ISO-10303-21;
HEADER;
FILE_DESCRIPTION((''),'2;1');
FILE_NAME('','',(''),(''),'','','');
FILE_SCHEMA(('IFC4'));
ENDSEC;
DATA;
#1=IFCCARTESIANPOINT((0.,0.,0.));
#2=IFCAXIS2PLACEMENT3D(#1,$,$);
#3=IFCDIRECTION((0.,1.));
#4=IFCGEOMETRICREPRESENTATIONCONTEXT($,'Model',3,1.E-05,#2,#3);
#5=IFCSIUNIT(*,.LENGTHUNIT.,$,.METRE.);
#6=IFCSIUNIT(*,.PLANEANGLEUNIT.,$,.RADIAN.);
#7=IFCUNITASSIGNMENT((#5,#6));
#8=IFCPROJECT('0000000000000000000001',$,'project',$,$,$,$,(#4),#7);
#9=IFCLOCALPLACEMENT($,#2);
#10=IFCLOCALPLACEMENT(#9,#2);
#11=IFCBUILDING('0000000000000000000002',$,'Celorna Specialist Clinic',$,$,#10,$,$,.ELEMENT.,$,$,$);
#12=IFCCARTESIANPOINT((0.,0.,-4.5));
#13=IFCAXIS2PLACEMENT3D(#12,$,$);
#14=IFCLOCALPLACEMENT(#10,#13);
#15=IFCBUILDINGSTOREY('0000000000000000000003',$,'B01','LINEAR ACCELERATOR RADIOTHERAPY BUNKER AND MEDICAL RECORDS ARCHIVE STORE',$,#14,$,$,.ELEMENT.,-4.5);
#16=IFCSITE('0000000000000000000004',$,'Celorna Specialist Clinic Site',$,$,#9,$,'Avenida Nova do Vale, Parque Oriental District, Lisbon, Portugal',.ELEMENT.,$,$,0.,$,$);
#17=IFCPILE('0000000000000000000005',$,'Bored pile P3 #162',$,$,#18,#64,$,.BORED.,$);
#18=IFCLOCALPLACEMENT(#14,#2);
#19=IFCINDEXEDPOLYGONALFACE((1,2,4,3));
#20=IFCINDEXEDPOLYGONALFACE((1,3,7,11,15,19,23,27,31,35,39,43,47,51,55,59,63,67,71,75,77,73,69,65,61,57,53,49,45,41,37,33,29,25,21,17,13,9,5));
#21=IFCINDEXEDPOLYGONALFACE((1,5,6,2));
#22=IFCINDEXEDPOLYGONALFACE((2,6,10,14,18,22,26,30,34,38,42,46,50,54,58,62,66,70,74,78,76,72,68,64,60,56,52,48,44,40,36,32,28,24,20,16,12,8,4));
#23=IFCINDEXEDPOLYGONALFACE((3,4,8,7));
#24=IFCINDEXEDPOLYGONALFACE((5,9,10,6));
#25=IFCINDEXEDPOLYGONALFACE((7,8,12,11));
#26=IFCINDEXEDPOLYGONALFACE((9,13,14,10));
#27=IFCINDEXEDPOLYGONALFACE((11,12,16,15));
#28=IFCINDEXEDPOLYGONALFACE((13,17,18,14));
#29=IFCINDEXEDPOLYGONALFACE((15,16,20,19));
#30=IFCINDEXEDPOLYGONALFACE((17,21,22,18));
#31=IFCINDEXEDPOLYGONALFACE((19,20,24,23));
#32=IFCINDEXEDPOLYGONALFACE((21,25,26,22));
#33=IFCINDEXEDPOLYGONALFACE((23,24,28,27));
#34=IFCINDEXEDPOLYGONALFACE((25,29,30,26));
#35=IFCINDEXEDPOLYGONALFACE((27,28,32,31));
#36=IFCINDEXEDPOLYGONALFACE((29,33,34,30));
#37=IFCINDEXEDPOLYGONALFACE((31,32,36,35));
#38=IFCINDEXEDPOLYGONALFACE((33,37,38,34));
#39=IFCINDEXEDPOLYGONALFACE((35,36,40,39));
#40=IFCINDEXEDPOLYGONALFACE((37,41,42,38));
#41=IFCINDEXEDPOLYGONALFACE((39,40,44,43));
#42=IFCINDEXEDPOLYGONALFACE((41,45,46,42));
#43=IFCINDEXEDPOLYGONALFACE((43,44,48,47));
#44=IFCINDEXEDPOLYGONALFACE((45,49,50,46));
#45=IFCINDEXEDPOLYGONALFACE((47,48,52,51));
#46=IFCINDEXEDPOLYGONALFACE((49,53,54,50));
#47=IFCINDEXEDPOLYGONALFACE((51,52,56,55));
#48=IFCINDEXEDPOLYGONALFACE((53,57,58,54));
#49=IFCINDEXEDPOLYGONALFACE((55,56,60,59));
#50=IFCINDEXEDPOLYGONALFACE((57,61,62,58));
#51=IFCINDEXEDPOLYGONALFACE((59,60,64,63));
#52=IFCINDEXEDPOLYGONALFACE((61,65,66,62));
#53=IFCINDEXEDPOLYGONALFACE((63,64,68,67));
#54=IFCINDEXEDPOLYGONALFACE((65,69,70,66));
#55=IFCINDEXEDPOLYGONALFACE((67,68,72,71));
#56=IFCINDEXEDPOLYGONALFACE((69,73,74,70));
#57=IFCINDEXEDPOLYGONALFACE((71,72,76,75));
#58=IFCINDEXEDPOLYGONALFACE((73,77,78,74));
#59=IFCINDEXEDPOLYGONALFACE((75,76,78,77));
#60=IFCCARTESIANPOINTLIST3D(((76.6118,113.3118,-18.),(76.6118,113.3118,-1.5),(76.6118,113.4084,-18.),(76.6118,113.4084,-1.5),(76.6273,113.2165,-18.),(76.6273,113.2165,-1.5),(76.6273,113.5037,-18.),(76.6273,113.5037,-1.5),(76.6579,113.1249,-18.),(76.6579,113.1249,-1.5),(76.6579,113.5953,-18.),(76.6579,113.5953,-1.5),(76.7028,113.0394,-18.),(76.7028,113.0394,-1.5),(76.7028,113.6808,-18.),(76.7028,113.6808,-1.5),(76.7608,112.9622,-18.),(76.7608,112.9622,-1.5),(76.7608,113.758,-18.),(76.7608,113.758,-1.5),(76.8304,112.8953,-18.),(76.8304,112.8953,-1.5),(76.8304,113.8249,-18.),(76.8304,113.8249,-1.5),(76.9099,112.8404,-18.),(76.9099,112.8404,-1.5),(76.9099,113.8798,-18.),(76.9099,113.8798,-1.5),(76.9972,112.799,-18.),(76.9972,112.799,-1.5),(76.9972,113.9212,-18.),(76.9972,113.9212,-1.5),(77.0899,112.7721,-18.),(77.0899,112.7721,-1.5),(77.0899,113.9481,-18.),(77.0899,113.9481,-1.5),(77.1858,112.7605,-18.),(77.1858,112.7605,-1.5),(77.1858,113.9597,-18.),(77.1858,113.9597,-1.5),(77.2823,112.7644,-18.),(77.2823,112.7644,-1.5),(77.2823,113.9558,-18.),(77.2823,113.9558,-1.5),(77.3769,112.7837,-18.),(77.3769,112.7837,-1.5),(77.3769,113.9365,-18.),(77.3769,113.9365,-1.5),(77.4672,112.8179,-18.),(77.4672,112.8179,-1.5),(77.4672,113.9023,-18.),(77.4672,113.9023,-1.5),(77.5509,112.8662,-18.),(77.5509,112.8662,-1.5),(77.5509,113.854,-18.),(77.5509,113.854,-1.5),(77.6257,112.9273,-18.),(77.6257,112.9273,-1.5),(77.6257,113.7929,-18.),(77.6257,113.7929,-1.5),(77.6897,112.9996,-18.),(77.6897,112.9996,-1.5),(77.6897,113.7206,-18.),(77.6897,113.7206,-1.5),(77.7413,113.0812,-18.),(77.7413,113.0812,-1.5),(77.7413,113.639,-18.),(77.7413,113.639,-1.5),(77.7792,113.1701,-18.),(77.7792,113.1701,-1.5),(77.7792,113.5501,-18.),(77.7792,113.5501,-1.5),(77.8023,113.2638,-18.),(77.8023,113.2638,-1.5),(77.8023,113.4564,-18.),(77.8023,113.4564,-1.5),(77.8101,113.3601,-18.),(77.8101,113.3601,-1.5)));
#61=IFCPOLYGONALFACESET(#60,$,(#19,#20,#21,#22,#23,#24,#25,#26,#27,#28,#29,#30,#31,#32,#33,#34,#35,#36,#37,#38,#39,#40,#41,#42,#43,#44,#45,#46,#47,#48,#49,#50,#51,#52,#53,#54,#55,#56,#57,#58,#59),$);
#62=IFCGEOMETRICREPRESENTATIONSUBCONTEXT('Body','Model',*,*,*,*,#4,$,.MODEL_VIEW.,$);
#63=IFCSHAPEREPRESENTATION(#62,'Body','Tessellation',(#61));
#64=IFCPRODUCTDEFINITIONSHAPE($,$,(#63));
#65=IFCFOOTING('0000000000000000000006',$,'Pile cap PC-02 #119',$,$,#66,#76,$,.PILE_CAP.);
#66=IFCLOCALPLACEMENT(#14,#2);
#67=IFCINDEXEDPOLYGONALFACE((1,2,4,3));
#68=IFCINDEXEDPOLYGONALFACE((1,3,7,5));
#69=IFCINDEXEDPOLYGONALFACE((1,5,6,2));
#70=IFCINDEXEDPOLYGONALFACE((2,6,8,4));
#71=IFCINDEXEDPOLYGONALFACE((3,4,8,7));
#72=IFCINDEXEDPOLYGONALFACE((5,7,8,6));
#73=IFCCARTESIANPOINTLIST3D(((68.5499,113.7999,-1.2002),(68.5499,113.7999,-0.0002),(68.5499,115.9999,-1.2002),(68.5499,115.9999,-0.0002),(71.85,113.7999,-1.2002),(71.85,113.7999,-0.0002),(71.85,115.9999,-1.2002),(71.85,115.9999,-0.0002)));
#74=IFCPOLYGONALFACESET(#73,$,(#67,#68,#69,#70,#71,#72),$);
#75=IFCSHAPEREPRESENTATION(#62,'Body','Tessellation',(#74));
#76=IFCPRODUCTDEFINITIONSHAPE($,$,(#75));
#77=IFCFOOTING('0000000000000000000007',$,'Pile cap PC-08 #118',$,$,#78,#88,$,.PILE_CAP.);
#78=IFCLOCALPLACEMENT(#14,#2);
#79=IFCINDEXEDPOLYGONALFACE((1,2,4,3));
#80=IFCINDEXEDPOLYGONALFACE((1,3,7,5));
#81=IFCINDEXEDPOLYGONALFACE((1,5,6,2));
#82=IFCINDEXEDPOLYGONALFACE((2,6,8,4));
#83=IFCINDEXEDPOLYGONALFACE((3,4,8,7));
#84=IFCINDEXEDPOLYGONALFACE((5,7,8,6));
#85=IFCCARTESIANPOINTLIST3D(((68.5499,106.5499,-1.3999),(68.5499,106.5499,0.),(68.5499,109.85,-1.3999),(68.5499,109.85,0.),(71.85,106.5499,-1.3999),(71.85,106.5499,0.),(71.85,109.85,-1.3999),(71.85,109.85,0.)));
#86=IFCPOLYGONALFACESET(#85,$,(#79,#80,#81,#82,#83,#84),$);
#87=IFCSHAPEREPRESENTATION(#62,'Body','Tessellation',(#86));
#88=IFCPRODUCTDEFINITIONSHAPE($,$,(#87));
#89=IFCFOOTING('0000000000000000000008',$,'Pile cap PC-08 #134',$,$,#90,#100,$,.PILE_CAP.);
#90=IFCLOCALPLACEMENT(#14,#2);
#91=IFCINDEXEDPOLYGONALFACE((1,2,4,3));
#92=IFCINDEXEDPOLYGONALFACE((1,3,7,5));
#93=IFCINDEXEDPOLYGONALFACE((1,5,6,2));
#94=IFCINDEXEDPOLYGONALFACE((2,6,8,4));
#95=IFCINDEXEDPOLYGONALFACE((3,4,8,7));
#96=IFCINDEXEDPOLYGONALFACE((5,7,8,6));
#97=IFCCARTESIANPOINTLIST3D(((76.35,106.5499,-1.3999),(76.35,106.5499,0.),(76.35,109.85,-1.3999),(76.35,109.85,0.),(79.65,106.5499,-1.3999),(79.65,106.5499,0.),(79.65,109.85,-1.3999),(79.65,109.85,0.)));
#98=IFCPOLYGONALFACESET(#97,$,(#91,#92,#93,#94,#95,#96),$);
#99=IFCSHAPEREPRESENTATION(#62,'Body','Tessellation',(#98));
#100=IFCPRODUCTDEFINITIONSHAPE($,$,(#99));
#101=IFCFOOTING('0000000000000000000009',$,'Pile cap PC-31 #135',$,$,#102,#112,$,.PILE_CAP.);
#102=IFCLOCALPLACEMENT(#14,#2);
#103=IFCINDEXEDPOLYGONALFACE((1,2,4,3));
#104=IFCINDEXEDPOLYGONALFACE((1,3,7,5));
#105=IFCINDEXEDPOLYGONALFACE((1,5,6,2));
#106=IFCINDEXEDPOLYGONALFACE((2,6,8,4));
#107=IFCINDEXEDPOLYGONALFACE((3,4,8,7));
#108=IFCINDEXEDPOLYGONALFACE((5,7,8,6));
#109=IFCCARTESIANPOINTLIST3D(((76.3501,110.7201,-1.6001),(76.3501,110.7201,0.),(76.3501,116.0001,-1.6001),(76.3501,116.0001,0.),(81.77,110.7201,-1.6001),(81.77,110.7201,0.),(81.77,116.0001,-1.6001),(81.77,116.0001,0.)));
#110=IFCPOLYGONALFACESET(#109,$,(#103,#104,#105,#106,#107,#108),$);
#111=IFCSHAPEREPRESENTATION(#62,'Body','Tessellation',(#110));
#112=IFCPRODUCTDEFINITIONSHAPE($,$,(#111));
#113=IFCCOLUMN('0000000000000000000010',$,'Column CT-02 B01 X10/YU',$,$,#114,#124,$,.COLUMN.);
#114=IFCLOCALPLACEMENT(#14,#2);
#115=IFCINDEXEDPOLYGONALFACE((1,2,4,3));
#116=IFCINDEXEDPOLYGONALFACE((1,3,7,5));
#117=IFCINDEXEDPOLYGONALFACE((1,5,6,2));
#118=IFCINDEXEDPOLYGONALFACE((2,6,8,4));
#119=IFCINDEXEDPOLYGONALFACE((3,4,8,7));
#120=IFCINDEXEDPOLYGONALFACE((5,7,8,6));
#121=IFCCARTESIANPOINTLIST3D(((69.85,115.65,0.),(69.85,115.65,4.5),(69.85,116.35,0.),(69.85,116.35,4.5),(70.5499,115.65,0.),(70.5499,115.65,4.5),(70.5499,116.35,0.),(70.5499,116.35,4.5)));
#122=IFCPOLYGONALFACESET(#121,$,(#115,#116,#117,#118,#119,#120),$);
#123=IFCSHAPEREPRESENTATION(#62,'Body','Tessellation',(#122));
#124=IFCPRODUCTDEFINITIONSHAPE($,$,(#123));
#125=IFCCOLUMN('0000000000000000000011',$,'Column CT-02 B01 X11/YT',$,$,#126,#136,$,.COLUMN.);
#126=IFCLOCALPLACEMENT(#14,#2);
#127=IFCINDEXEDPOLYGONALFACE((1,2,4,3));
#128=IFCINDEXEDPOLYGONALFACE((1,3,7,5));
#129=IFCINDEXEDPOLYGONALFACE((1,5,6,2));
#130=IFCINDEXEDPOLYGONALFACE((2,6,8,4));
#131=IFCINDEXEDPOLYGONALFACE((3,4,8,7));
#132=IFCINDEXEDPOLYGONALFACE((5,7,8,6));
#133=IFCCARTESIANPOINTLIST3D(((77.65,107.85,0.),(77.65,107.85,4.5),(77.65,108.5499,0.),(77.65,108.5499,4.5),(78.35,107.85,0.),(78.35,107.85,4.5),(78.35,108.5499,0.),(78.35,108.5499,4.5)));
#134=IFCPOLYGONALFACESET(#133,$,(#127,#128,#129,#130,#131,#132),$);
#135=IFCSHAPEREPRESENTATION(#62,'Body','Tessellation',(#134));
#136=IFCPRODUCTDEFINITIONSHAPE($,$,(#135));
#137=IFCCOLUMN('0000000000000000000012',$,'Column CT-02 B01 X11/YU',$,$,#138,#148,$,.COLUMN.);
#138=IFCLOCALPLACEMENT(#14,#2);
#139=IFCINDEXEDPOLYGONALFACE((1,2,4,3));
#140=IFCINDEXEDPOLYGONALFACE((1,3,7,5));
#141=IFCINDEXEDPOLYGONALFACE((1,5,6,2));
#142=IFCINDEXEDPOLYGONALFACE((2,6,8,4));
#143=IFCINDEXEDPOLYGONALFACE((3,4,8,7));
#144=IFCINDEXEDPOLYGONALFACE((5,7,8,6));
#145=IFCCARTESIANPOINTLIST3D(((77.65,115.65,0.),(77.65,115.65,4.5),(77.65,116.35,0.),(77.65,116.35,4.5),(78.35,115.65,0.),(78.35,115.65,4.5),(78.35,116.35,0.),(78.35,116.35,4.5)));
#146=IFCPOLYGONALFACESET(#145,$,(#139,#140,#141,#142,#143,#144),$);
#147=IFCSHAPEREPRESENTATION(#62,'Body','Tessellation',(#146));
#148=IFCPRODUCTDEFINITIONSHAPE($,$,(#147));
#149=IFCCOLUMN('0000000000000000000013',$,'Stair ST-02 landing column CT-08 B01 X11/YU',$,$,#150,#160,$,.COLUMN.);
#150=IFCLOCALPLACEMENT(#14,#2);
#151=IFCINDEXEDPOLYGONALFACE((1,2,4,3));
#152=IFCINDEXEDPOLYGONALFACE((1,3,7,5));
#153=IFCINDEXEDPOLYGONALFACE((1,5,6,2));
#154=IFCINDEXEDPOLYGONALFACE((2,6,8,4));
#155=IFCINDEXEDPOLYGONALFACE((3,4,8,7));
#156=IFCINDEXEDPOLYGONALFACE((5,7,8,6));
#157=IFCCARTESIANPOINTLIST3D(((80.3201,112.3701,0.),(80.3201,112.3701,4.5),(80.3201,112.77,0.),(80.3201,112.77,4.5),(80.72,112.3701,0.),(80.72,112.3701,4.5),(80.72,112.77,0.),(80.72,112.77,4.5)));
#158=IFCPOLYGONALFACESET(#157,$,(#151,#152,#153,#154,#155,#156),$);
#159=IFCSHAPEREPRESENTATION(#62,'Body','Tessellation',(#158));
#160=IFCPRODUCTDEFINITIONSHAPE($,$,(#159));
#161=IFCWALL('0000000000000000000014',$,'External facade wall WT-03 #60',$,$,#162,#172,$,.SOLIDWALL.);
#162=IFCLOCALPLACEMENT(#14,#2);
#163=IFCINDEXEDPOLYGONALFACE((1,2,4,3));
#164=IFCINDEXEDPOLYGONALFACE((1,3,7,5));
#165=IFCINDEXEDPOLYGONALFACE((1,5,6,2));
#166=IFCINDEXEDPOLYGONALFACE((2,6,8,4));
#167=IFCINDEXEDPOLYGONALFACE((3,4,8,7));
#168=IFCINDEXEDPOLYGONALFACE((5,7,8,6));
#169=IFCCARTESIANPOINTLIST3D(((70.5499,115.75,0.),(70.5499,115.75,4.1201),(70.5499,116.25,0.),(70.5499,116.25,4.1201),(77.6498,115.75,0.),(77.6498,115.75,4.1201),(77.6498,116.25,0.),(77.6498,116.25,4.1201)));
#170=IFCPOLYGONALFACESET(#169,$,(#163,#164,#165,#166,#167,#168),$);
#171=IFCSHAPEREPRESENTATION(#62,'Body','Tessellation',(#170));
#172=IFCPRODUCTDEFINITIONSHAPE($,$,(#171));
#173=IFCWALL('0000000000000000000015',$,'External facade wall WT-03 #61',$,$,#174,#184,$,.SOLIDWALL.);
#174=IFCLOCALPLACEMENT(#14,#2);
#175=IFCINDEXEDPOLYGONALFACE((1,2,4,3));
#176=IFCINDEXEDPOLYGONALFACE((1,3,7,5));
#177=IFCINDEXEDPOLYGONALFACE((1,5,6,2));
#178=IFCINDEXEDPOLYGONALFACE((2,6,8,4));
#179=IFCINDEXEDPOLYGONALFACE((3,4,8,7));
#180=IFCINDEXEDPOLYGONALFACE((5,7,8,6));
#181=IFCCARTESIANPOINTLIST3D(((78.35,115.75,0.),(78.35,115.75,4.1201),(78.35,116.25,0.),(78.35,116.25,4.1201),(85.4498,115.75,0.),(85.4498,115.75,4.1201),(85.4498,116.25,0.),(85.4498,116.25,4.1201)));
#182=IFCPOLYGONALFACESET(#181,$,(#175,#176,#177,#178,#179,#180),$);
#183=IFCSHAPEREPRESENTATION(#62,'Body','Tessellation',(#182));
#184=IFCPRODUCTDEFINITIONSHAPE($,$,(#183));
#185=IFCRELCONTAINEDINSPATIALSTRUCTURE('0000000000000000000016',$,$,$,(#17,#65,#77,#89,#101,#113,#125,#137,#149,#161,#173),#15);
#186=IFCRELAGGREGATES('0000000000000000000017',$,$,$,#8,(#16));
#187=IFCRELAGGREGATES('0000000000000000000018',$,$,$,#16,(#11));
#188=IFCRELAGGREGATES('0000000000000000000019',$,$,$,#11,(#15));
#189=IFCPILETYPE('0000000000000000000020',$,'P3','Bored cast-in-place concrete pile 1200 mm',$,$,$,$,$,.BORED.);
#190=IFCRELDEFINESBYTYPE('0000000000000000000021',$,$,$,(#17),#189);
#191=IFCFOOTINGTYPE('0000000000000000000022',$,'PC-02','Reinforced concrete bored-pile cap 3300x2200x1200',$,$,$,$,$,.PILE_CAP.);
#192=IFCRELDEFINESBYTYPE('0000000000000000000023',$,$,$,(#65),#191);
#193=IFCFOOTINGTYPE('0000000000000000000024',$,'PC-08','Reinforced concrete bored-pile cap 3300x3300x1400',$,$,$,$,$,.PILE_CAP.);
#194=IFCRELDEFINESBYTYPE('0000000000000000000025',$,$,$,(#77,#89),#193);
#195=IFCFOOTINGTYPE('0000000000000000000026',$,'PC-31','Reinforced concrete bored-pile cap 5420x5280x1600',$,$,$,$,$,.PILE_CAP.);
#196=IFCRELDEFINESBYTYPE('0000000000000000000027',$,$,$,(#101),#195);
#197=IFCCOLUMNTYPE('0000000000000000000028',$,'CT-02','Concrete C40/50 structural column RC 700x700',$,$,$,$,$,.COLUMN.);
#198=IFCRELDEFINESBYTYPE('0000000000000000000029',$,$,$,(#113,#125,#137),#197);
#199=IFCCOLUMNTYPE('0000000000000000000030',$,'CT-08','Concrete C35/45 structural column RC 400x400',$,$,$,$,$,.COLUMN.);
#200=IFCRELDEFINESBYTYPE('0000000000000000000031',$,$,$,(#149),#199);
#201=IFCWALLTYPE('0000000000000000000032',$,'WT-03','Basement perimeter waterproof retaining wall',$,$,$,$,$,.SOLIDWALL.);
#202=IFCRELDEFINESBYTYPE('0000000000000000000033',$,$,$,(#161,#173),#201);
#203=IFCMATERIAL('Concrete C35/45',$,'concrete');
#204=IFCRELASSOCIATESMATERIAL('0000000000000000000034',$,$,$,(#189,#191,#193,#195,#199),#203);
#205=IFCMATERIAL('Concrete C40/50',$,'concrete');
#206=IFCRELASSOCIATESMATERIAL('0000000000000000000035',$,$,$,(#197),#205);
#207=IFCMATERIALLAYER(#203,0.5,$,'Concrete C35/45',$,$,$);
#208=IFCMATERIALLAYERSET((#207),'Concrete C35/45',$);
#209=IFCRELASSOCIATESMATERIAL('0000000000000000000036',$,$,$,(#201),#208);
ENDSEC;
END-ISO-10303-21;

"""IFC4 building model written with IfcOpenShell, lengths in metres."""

from ifc_helpers import new_model, si_unit, direction, frame, frame_2d, origin, origin_2d, place, context, subcontext, project, spatial, rectangle, circle, extrude, material, layer, layer_set, material_profile, profile_set, type_object, element, save


model = new_model("IFC4")

# Units and contexts
model_context = context("Model", 3, precision=1e-05, world=origin(), true_north=direction((0.0, 1.0)))
body_context = subcontext(model_context, "Body", "Model", "MODEL_VIEW")
ifc_project = project(units=[si_unit("LENGTHUNIT", "METRE"), si_unit("PLANEANGLEUNIT", "RADIAN")], contexts=[model_context])

# Site, building, storey
site_placement = place(None, origin())
site = spatial("IfcSite", under=ifc_project, at=site_placement, Name="Celorna Specialist Clinic Site", LongName="Avenida Nova do Vale, Parque Oriental District, Lisbon, Portugal", CompositionType="ELEMENT", RefElevation=0.0)
building_placement = place(site_placement, origin())
building = spatial("IfcBuilding", under=site, at=building_placement, Name="Celorna Specialist Clinic", CompositionType="ELEMENT")
storey_placement = place(building_placement, frame((0.0, 0.0, -4.5)))
storey = spatial("IfcBuildingStorey", under=building, at=storey_placement, Name="B01", Description="LINEAR ACCELERATOR RADIOTHERAPY BUNKER AND MEDICAL RECORDS ARCHIVE STORE", CompositionType="ELEMENT", Elevation=-4.5)

# Shared definitions
ifc_material_1 = material(Name="Concrete C35/45", Category="concrete")

# Pile
ifc_material_profile_1 = material_profile(ifc_material_1, circle(Radius=0.6001, at=origin_2d()), Name="BORED PILE 1200")
ifc_profile_set_1 = profile_set([ifc_material_profile_1], Name="Concrete C35/45")
pile_type_1 = type_object("IfcPileType", Name="P3", Description="Bored cast-in-place concrete pile 1200 mm", PredefinedType="BORED", material=ifc_profile_set_1)
pile_1_placement = place(storey_placement, frame((77.21, 113.3601, -1.5), z_axis=(0.0, 0.0, -1.0), x_axis=(1.0, 0.0, 0.0)))
element("IfcPile", 1, at=pile_1_placement, inside=storey, type_object=pile_type_1, Name="Bored pile P3 #162", PredefinedType="BORED", context=body_context, shape_type="SweptSolid", body=[
    extrude(circle(Radius=0.6001, at=origin_2d()), origin(), (0.0, 0.0, 1.0), 16.5),
])

# Footings
footing_type_1 = type_object("IfcFootingType", Name="PC-02", Description="Reinforced concrete bored-pile cap 3300x2200x1200", PredefinedType="PILE_CAP", material=ifc_material_1)
footing_1_placement = place(storey_placement, frame((70.2, 114.8999, -1.2002), z_axis=(0.0, 0.0, 1.0), x_axis=(1.0, 0.0, 0.0)))
element("IfcFooting", 2, at=footing_1_placement, inside=storey, type_object=footing_type_1, Name="Pile cap PC-02 #119", PredefinedType="PILE_CAP", context=body_context, shape_type="SweptSolid", body=[
    extrude(rectangle(XDim=3.3, YDim=2.2, at=origin_2d()), origin(), (0.0, 0.0, 1.0), 1.2),
])
footing_type_2 = type_object("IfcFootingType", Name="PC-08", Description="Reinforced concrete bored-pile cap 3300x3300x1400", PredefinedType="PILE_CAP", material=ifc_material_1)
for number, where, z_axis, x_axis, name in (
    (3, (70.2, 108.2, -1.3999), (0.0, 0.0, 1.0), (1.0, 0.0, 0.0), "Pile cap PC-08 #118"),
    (4, (78.0, 108.2, -1.3999), (0.0, 0.0, 1.0), (1.0, 0.0, 0.0), "Pile cap PC-08 #134"),
):
    element("IfcFooting", number, at=place(storey_placement, frame(where, z_axis=z_axis, x_axis=x_axis)), inside=storey, type_object=footing_type_2, Name=name, PredefinedType="PILE_CAP", context=body_context, shape_type="SweptSolid", body=[
        extrude(rectangle(XDim=3.3, YDim=3.3, at=origin_2d()), origin(), (0.0, 0.0, 1.0), 1.3999),
    ])
footing_type_3 = type_object("IfcFootingType", Name="PC-31", Description="Reinforced concrete bored-pile cap 5420x5280x1600", PredefinedType="PILE_CAP", material=ifc_material_1)
footing_2_placement = place(storey_placement, frame((79.0601, 113.3601, -1.6001), z_axis=(0.0, 0.0, 1.0), x_axis=(1.0, 0.0, 0.0)))
element("IfcFooting", 5, at=footing_2_placement, inside=storey, type_object=footing_type_3, Name="Pile cap PC-31 #135", PredefinedType="PILE_CAP", context=body_context, shape_type="SweptSolid", body=[
    extrude(rectangle(XDim=5.4199, YDim=5.28, at=origin_2d()), origin(), (0.0, 0.0, 1.0), 1.6001),
])

# Columns
ifc_material_2 = material(Name="Concrete C40/50", Category="concrete")
ifc_material_profile_2 = material_profile(ifc_material_2, rectangle(XDim=0.7, YDim=0.7, at=origin_2d()), Name="RC 700x700")
ifc_profile_set_2 = profile_set([ifc_material_profile_2], Name="Concrete C40/50")
column_type_1 = type_object("IfcColumnType", Name="CT-02", Description="Concrete C40/50 structural column RC 700x700", PredefinedType="COLUMN", material=ifc_profile_set_2)
for number, where, z_axis, x_axis, name in (
    (6, (70.2, 116.0, 0.0), (0.0, 0.0, 1.0), (1.0, 0.0, 0.0), "Column CT-02 B01 X10/YU"),
    (7, (78.0, 108.2, 0.0), (0.0, 0.0, 1.0), (1.0, 0.0, 0.0), "Column CT-02 B01 X11/YT"),
    (8, (78.0, 116.0, 0.0), (0.0, 0.0, 1.0), (1.0, 0.0, 0.0), "Column CT-02 B01 X11/YU"),
):
    element("IfcColumn", number, at=place(storey_placement, frame(where, z_axis=z_axis, x_axis=x_axis)), inside=storey, type_object=column_type_1, Name=name, PredefinedType="COLUMN", context=body_context, shape_type="SweptSolid", body=[
        extrude(rectangle(XDim=0.7, YDim=0.7, at=origin_2d()), origin(), (0.0, 0.0, 1.0), 4.5),
    ])
ifc_material_profile_3 = material_profile(ifc_material_1, rectangle(XDim=0.3999, YDim=0.3999, at=origin_2d()), Name="RC 400x400")
ifc_profile_set_3 = profile_set([ifc_material_profile_3], Name="Concrete C35/45")
column_type_2 = type_object("IfcColumnType", Name="CT-08", Description="Concrete C35/45 structural column RC 400x400", PredefinedType="COLUMN", material=ifc_profile_set_3)
column_placement = place(storey_placement, frame((80.52, 112.5701, 0.0), z_axis=(0.0, 0.0, 1.0), x_axis=(1.0, 0.0, 0.0)))
element("IfcColumn", 9, at=column_placement, inside=storey, type_object=column_type_2, Name="Stair ST-02 landing column CT-08 B01 X11/YU", PredefinedType="COLUMN", context=body_context, shape_type="SweptSolid", body=[
    extrude(rectangle(XDim=0.3999, YDim=0.3999, at=origin_2d()), origin(), (0.0, 0.0, 1.0), 4.5),
])

# Walls
ifc_layer_1 = layer(ifc_material_1, 0.5, Name="Concrete C35/45")
ifc_layer_set_1 = layer_set([ifc_layer_1], Name="Concrete C35/45")
wall_type_1 = type_object("IfcWallType", Name="WT-03", Description="Basement perimeter waterproof retaining wall", PredefinedType="SOLIDWALL", material=ifc_layer_set_1)
for number, where, z_axis, x_axis, name in (
    (10, (70.55, 116.0, 0.0), (0.0, 0.0, 1.0), (1.0, 0.0, 0.0), "External facade wall WT-03 #60"),
    (11, (78.3501, 116.0, 0.0), (0.0, 0.0, 1.0), (1.0, 0.0, 0.0), "External facade wall WT-03 #61"),
):
    element("IfcWall", number, at=place(storey_placement, frame(where, z_axis=z_axis, x_axis=x_axis)), inside=storey, type_object=wall_type_1, Name=name, PredefinedType="SOLIDWALL", context=body_context, shape_type="SweptSolid", body=[
        extrude(rectangle(XDim=7.0999, YDim=0.5, at=frame_2d((3.5498, 0.0))), origin(), (0.0, 0.0, 1.0), 4.1201),
    ])

save(model, "model.ifc")
